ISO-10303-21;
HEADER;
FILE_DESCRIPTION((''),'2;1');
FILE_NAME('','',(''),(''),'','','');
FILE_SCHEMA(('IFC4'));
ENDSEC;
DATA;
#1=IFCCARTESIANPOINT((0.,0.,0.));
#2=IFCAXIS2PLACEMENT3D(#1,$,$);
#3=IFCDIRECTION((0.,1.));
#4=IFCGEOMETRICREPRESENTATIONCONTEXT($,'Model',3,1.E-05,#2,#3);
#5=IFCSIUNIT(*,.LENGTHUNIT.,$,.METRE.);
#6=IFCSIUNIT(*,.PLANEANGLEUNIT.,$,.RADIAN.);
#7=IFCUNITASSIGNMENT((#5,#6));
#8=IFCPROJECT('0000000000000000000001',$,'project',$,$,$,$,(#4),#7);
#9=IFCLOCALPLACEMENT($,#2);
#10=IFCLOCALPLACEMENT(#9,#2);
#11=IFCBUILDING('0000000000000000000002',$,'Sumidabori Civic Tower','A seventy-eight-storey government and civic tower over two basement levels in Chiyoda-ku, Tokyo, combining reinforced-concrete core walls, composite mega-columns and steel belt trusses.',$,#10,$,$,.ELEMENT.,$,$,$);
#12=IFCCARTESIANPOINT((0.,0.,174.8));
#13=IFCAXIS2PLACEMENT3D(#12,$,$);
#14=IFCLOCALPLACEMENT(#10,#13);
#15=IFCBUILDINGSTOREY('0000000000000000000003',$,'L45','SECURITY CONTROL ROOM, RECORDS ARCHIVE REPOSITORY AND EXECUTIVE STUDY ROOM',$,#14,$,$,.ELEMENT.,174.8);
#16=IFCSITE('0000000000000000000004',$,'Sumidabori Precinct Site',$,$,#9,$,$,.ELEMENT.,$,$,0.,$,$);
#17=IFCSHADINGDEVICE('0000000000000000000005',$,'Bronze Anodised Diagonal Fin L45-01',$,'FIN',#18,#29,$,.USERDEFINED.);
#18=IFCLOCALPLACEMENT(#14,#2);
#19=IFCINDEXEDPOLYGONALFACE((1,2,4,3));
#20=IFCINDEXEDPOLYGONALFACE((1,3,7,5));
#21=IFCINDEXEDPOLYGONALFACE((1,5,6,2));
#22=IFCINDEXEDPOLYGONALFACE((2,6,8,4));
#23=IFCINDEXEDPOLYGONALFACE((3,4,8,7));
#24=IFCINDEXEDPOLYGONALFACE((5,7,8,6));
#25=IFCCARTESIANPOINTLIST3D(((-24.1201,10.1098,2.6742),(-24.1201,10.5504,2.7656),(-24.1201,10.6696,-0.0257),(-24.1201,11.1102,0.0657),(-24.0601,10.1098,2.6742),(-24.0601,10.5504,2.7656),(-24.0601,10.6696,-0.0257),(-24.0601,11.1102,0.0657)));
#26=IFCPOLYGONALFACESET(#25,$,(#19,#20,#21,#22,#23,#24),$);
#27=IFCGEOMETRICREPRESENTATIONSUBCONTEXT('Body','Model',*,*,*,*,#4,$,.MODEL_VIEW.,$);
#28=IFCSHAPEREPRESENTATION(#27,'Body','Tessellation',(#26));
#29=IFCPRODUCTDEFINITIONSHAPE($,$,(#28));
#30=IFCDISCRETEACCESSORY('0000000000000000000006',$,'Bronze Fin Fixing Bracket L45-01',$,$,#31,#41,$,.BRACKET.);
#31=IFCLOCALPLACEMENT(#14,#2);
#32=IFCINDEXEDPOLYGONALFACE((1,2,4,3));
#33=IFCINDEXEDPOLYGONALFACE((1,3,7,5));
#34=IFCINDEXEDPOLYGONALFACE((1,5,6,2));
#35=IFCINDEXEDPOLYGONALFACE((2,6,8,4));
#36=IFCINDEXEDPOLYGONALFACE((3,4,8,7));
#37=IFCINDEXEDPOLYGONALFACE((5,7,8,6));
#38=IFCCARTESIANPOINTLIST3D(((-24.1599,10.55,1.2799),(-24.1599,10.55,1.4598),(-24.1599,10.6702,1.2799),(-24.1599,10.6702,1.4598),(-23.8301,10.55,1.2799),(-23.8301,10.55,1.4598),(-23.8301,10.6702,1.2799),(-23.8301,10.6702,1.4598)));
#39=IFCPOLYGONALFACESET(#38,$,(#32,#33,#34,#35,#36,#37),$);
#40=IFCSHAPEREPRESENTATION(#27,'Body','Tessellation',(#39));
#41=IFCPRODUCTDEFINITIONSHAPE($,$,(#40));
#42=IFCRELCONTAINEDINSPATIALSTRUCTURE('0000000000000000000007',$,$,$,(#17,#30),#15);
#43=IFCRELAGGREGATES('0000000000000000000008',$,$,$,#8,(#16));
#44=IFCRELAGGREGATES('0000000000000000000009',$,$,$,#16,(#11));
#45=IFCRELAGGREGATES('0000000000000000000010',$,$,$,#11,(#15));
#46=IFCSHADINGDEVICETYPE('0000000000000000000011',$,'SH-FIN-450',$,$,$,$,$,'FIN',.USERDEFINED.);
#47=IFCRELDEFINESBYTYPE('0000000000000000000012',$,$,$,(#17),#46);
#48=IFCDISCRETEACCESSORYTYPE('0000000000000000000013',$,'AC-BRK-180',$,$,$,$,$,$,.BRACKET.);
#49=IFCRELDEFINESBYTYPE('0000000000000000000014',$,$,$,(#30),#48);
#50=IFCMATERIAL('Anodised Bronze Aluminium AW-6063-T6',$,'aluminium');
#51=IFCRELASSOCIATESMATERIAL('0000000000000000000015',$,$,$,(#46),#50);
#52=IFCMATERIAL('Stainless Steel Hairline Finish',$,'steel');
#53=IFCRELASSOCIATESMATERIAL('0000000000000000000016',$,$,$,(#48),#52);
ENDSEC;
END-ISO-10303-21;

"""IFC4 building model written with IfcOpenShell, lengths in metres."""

from ifc_helpers import new_model, si_unit, direction, frame, origin, origin_2d, place, context, subcontext, project, spatial, rectangle, extrude, source, transform, mapped, material, material_profile, profile_set, type_object, element, save


model = new_model("IFC4")

# Units and contexts
model_context = context("Model", 3, precision=1e-05, world=origin(), true_north=direction((0.0, 1.0)))
body_context = subcontext(model_context, "Body", "Model", "MODEL_VIEW")
ifc_project = project(units=[si_unit("LENGTHUNIT", "METRE"), si_unit("PLANEANGLEUNIT", "RADIAN")], contexts=[model_context])

# Site, building, storey
site_placement = place(None, origin())
site = spatial("IfcSite", under=ifc_project, at=site_placement, Name="Sumidabori Precinct Site", CompositionType="ELEMENT", RefElevation=0.0)
building_placement = place(site_placement, origin())
building = spatial("IfcBuilding", under=site, at=building_placement, Name="Sumidabori Civic Tower", Description="A seventy-eight-storey government and civic tower over two basement levels in Chiyoda-ku, Tokyo, combining reinforced-concrete core walls, composite mega-columns and steel belt trusses.", CompositionType="ELEMENT")
storey_placement = place(building_placement, frame((0.0, 0.0, 174.8)))
storey = spatial("IfcBuildingStorey", under=building, at=storey_placement, Name="L45", Description="SECURITY CONTROL ROOM, RECORDS ARCHIVE REPOSITORY AND EXECUTIVE STUDY ROOM", CompositionType="ELEMENT", Elevation=174.8)

# Shared definitions
ifc_material_1 = material(Name="Anodised Bronze Aluminium AW-6063-T6", Category="aluminium")

# Shading device
ifc_material_profile_1 = material_profile(ifc_material_1, rectangle(XDim=0.0601, YDim=0.45, at=origin_2d()), Name="BRONZE FIN 450x60")
ifc_profile_set_1 = profile_set([ifc_material_profile_1], Name="Anodised Bronze Aluminium AW-6063-T6")
shading_device_type = type_object("IfcShadingDeviceType", Name="SH-FIN-450", ElementType="FIN", PredefinedType="USERDEFINED", material=ifc_profile_set_1)
shared_shape_1 = source(origin(), body_context, "Body", "SweptSolid", [
    extrude(rectangle(XDim=0.0601, YDim=0.45, at=origin_2d()), origin(), (0.0, 0.0, 1.0), 2.7573),
])
shading_device_placement = place(storey_placement, frame((-24.0901, 10.8899, 0.02), z_axis=(0.0, -0.203024, 0.979174), x_axis=(-1.0, 0.0, 0.0)))
element("IfcShadingDevice", 1, at=shading_device_placement, inside=storey, type_object=shading_device_type, Name="Bronze Anodised Diagonal Fin L45-01", ObjectType="FIN", PredefinedType="USERDEFINED", context=body_context, shape_type="MappedRepresentation", body=[
    mapped(shared_shape_1, transform((0.0, 0.0, 0.0), x_axis=(1.0, 0.0, 0.0), y_axis=(0.0, 1.0, 0.0), z_axis=(0.0, 0.0, 1.0), scale=1.0)),
])

# Discrete accessory
ifc_material_2 = material(Name="Stainless Steel Hairline Finish", Category="steel")
ifc_material_profile_2 = material_profile(ifc_material_2, rectangle(XDim=0.1201, YDim=0.1799, at=origin_2d()), Name="STEEL BRACKET 180x120")
ifc_profile_set_2 = profile_set([ifc_material_profile_2], Name="Stainless Steel Hairline Finish")
discrete_accessory_type = type_object("IfcDiscreteAccessoryType", Name="AC-BRK-180", PredefinedType="BRACKET", material=ifc_profile_set_2)
shared_shape_2 = source(origin(), body_context, "Body", "SweptSolid", [
    extrude(rectangle(XDim=0.1201, YDim=0.1799, at=origin_2d()), origin(), (0.0, 0.0, 1.0), 0.3298),
])
discrete_accessory_placement = place(storey_placement, frame((-23.8301, 10.6101, 1.3699), z_axis=(-1.0, 0.0, 0.0), x_axis=(0.0, -1.0, 0.0)))
element("IfcDiscreteAccessory", 2, at=discrete_accessory_placement, inside=storey, type_object=discrete_accessory_type, Name="Bronze Fin Fixing Bracket L45-01", PredefinedType="BRACKET", context=body_context, shape_type="MappedRepresentation", body=[
    mapped(shared_shape_2, transform((0.0, 0.0, 0.0), x_axis=(1.0, 0.0, 0.0), y_axis=(0.0, 1.0, 0.0), z_axis=(0.0, 0.0, 1.0), scale=1.0)),
])

save(model, "model.ifc")
